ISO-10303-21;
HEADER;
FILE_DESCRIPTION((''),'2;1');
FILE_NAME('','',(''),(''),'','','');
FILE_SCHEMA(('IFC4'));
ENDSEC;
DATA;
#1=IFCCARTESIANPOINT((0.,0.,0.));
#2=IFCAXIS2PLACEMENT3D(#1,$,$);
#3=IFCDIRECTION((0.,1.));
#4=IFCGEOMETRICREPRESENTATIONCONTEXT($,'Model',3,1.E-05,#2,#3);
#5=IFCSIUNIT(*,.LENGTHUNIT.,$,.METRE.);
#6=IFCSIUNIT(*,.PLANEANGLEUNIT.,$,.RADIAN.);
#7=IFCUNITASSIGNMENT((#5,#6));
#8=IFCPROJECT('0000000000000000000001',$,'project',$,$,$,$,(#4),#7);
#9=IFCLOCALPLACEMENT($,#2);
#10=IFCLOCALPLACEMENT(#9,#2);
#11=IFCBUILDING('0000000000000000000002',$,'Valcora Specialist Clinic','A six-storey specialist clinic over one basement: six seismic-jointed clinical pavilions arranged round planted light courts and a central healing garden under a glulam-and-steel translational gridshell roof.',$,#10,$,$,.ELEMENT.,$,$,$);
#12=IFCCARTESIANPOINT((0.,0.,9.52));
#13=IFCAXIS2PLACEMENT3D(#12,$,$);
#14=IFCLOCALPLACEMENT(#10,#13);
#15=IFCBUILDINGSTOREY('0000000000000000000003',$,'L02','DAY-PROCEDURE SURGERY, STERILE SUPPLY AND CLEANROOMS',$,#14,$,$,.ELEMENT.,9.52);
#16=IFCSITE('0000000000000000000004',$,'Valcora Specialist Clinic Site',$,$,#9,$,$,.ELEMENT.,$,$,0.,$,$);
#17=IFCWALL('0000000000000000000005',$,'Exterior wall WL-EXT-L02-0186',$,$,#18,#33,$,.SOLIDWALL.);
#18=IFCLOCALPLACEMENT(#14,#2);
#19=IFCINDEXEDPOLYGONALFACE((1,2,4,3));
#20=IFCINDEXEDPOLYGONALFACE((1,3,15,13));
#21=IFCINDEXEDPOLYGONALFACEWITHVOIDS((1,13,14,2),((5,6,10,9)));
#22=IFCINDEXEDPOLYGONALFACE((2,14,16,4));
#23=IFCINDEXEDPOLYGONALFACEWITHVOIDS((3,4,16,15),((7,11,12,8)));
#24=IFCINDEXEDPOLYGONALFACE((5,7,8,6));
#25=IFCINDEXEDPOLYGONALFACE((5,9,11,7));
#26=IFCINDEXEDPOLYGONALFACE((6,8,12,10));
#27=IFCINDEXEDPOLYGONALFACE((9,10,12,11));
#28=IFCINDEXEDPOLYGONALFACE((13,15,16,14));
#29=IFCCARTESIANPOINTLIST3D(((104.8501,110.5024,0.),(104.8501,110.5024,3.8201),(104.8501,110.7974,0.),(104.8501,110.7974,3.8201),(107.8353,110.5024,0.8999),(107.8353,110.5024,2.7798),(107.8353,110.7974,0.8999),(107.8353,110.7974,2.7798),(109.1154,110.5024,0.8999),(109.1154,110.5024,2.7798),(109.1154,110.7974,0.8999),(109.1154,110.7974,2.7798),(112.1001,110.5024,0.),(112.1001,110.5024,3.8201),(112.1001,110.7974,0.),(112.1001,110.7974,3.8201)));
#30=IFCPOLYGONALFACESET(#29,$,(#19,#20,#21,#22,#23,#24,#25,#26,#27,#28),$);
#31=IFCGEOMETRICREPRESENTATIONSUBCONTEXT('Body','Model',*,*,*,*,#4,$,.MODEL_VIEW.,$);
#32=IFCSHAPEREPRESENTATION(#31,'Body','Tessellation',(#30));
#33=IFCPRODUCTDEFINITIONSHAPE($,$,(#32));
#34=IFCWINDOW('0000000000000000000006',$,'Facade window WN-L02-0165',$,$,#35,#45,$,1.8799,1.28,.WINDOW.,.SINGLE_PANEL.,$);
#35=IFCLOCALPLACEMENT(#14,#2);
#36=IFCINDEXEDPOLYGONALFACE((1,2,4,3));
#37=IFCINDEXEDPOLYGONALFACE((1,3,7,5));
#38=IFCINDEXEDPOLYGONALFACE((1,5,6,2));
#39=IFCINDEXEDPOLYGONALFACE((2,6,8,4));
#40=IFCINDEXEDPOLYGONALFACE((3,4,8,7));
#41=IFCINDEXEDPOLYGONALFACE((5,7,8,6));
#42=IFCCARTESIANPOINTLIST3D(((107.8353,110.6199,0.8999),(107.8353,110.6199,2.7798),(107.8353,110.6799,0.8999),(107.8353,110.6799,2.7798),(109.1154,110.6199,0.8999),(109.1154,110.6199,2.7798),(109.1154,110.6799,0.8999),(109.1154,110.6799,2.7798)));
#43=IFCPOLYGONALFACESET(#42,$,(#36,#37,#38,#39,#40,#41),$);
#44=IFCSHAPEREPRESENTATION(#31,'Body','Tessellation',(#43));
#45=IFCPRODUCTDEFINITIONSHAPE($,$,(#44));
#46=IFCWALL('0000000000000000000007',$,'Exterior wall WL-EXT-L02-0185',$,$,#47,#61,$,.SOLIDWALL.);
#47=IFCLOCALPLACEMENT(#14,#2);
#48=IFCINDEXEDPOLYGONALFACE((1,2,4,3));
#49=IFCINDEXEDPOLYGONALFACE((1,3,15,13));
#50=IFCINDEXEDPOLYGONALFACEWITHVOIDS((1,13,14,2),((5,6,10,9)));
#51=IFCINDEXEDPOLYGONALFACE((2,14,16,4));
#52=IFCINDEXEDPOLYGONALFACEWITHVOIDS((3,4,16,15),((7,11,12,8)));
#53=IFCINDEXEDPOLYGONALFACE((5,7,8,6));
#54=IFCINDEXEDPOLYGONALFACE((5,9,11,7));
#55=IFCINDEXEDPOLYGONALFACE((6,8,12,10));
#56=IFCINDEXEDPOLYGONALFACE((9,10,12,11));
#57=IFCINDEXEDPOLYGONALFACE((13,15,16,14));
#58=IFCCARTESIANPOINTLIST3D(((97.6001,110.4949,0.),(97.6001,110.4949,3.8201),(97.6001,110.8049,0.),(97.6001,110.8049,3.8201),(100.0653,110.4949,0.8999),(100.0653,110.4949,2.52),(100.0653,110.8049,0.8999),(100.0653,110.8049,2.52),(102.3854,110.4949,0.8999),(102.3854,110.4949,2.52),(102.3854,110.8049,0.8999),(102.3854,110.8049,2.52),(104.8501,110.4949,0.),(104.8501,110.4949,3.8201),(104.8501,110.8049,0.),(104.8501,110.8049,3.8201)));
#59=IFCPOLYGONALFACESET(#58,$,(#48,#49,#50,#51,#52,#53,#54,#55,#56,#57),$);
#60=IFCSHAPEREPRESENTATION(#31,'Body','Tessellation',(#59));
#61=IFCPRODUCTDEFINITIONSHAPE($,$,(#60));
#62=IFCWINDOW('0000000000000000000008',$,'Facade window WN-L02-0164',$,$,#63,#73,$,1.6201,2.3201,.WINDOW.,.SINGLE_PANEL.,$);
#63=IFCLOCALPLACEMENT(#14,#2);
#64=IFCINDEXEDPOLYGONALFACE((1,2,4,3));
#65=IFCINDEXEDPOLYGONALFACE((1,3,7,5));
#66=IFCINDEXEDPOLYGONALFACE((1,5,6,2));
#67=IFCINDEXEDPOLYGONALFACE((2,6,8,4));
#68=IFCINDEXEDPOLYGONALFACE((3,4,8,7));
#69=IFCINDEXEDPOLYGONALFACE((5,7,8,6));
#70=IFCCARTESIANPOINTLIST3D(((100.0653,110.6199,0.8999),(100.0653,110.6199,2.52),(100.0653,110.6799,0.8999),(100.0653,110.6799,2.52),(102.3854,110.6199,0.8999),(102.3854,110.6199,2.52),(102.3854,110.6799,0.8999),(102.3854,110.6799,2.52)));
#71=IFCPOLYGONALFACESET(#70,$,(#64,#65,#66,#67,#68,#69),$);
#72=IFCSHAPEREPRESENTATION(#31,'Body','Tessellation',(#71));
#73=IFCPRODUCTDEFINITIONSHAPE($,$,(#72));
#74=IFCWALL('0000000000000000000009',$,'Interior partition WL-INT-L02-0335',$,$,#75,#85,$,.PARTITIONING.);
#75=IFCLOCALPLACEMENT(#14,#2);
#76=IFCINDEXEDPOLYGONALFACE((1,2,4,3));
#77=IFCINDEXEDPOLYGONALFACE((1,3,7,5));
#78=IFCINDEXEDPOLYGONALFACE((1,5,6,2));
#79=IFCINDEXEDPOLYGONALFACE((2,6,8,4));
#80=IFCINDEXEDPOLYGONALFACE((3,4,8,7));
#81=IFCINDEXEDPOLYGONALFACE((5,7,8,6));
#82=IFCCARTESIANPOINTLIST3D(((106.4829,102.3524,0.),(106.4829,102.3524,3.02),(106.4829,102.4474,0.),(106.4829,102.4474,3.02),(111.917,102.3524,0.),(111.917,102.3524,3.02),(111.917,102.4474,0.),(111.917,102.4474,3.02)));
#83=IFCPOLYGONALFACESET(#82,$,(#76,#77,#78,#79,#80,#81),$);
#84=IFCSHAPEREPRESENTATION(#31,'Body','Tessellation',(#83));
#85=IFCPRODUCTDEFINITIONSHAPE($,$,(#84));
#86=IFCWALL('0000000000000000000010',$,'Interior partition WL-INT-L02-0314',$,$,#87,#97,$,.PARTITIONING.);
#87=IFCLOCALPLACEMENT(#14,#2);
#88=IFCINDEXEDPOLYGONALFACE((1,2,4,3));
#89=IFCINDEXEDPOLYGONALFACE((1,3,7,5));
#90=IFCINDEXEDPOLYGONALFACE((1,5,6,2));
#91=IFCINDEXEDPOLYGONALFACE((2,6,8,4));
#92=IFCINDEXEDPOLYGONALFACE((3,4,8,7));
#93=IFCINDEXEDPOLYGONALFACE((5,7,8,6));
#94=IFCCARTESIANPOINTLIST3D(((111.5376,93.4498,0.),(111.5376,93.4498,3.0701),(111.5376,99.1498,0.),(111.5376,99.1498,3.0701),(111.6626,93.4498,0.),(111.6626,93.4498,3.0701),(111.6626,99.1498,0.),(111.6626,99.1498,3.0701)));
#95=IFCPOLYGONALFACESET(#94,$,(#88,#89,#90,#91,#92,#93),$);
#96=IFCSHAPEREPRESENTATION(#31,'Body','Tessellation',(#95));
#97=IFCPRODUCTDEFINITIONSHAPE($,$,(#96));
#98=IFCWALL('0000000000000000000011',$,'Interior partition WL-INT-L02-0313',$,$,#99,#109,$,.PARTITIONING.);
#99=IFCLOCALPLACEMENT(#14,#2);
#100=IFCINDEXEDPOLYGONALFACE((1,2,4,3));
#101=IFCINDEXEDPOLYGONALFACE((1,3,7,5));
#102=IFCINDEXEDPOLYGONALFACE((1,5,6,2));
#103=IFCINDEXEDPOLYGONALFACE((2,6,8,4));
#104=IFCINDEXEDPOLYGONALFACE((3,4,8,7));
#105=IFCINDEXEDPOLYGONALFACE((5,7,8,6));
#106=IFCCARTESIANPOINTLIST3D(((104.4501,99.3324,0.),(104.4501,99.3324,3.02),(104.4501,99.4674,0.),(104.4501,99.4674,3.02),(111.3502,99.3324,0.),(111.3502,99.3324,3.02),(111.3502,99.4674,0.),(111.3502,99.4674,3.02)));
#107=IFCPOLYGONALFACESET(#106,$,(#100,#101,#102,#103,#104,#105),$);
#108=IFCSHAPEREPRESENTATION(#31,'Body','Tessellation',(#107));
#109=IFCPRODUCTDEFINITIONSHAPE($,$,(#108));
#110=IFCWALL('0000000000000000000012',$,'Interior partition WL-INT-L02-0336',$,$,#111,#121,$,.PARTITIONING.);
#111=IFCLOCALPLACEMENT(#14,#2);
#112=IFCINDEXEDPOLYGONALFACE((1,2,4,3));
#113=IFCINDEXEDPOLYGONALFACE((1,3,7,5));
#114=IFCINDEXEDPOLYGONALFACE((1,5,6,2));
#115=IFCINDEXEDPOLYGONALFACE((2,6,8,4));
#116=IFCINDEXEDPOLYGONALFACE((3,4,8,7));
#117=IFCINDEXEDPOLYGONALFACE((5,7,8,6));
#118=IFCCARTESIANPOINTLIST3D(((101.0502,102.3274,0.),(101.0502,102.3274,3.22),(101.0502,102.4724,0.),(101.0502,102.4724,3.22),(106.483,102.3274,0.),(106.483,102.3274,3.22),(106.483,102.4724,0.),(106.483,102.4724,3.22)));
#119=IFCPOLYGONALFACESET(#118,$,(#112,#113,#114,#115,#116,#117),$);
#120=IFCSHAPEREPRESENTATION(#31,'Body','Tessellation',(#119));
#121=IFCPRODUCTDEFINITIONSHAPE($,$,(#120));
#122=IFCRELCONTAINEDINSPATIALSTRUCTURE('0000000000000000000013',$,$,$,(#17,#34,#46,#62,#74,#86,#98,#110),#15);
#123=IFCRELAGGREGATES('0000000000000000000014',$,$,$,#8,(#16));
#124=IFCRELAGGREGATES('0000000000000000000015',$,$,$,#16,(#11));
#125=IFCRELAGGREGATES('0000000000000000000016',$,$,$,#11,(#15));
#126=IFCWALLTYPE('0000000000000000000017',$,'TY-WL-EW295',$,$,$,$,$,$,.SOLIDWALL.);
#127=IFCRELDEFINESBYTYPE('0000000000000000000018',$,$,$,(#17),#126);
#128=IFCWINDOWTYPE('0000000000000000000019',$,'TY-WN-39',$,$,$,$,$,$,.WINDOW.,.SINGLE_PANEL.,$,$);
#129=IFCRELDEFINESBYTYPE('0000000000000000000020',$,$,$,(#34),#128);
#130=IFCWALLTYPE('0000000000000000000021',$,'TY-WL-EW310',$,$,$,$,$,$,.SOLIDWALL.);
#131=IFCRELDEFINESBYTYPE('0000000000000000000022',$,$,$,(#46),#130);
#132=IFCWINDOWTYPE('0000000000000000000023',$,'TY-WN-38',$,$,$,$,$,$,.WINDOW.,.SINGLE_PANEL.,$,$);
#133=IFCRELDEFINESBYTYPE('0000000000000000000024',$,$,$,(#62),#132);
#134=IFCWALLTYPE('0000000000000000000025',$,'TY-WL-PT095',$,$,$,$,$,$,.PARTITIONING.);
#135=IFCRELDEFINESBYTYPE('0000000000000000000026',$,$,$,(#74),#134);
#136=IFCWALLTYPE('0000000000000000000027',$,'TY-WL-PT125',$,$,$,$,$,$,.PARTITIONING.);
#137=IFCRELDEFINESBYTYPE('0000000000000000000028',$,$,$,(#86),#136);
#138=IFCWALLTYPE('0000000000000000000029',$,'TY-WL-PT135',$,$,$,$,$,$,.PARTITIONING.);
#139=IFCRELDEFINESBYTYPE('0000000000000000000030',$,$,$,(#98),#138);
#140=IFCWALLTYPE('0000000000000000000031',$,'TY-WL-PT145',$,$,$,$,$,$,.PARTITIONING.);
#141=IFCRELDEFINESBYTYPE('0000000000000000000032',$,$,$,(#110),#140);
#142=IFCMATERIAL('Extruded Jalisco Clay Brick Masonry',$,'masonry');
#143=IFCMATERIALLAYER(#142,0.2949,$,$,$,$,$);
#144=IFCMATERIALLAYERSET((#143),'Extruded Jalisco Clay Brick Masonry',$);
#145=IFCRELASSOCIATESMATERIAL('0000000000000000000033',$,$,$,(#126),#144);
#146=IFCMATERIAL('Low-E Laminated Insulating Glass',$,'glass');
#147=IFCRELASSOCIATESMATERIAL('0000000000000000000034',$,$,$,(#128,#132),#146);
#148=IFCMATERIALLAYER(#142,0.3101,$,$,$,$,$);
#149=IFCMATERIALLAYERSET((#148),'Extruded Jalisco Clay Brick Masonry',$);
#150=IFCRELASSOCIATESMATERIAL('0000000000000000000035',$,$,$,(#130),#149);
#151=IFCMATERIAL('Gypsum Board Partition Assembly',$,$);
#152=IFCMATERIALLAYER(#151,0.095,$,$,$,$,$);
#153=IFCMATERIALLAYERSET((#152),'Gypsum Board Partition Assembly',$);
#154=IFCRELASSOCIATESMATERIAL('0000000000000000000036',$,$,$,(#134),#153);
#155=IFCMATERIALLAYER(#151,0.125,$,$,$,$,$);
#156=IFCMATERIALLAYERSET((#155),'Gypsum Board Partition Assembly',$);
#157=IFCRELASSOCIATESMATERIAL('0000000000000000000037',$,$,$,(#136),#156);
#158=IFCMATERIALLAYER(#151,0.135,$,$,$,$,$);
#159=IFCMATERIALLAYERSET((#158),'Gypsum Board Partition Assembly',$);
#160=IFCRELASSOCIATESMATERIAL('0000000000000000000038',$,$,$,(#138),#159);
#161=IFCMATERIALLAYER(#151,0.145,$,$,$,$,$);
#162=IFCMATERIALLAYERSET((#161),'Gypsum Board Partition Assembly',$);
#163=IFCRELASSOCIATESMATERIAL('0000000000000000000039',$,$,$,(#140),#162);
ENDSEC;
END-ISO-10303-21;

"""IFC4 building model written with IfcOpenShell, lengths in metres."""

from ifc_helpers import new_model, si_unit, direction, frame, frame_2d, origin, place, context, subcontext, project, spatial, rectangle, extrude, material, layer, layer_set, type_object, element, fill, save


model = new_model("IFC4")

# Units and contexts
model_context = context("Model", 3, precision=1e-05, world=origin(), true_north=direction((0.0, 1.0)))
body_context = subcontext(model_context, "Body", "Model", "MODEL_VIEW")
ifc_project = project(units=[si_unit("LENGTHUNIT", "METRE"), si_unit("PLANEANGLEUNIT", "RADIAN")], contexts=[model_context])

# Site, building, storey
site_placement = place(None, origin())
site = spatial("IfcSite", under=ifc_project, at=site_placement, Name="Valcora Specialist Clinic Site", CompositionType="ELEMENT", RefElevation=0.0)
building_placement = place(site_placement, origin())
building = spatial("IfcBuilding", under=site, at=building_placement, Name="Valcora Specialist Clinic", Description="A six-storey specialist clinic over one basement: six seismic-jointed clinical pavilions arranged round planted light courts and a central healing garden under a glulam-and-steel translational gridshell roof.", CompositionType="ELEMENT")
storey_placement = place(building_placement, frame((0.0, 0.0, 9.52)))
storey = spatial("IfcBuildingStorey", under=building, at=storey_placement, Name="L02", Description="DAY-PROCEDURE SURGERY, STERILE SUPPLY AND CLEANROOMS", CompositionType="ELEMENT", Elevation=9.52)

# Shared definitions
ifc_material_1 = material(Name="Low-E Laminated Insulating Glass", Category="glass")

# Walls, openings, windows
ifc_material_2 = material(Name="Extruded Jalisco Clay Brick Masonry", Category="masonry")
ifc_layer_1 = layer(ifc_material_2, 0.2949)
ifc_layer_set_1 = layer_set([ifc_layer_1], Name="Extruded Jalisco Clay Brick Masonry")
wall_type_1 = type_object("IfcWallType", Name="TY-WL-EW295", PredefinedType="SOLIDWALL", material=ifc_layer_set_1)
wall_1_placement = place(storey_placement, frame((104.8501, 110.6499, 0.0), z_axis=(0.0, 0.0, 1.0), x_axis=(1.0, 0.0, 0.0)))
wall_1 = element("IfcWall", 1, at=wall_1_placement, inside=storey, type_object=wall_type_1, Name="Exterior wall WL-EXT-L02-0186", PredefinedType="SOLIDWALL", context=body_context, shape_type="SweptSolid", body=[
    extrude(rectangle(XDim=7.25, YDim=0.2949, at=frame_2d((3.625, 0.0))), origin(), (0.0, 0.0, 1.0), 3.8201),
])
opening_1_placement = place(wall_1_placement, frame((2.9851, 0.0, 0.8999)))
opening_1 = element("IfcOpeningElement", 2, at=opening_1_placement, cuts=wall_1, PredefinedType="OPENING", context=body_context, shape_type="SweptSolid", body=[
    extrude(rectangle(XDim=1.28, YDim=1.8799, at=frame_2d((0.6401, 0.9399))), frame((0.0, 0.1575, 0.0), z_axis=(0.0, -1.0, 0.0), x_axis=(1.0, 0.0, 0.0)), (0.0, 0.0, 1.0), 0.3149),
])
window_type_1 = type_object("IfcWindowType", Name="TY-WN-39", PartitioningType="SINGLE_PANEL", PredefinedType="WINDOW", material=ifc_material_1)
window_1_placement = place(opening_1_placement, origin())
window_1 = element("IfcWindow", 3, at=window_1_placement, inside=storey, type_object=window_type_1, Name="Facade window WN-L02-0165", OverallHeight=1.8799, OverallWidth=1.28, PartitioningType="SINGLE_PANEL", PredefinedType="WINDOW", context=body_context, shape_type="SweptSolid", body=[
    extrude(rectangle(XDim=1.28, YDim=1.8799, at=frame_2d((0.6401, 0.9399))), frame((0.0, 0.03, 0.0), z_axis=(0.0, -1.0, 0.0), x_axis=(1.0, 0.0, 0.0)), (0.0, 0.0, 1.0), 0.0601),
])
fill(opening_1, window_1)
ifc_layer_2 = layer(ifc_material_2, 0.3101)
ifc_layer_set_2 = layer_set([ifc_layer_2], Name="Extruded Jalisco Clay Brick Masonry")
wall_type_2 = type_object("IfcWallType", Name="TY-WL-EW310", PredefinedType="SOLIDWALL", material=ifc_layer_set_2)
wall_2_placement = place(storey_placement, frame((97.6001, 110.6499, 0.0), z_axis=(0.0, 0.0, 1.0), x_axis=(1.0, 0.0, 0.0)))
wall_2 = element("IfcWall", 4, at=wall_2_placement, inside=storey, type_object=wall_type_2, Name="Exterior wall WL-EXT-L02-0185", PredefinedType="SOLIDWALL", context=body_context, shape_type="SweptSolid", body=[
    extrude(rectangle(XDim=7.25, YDim=0.3101, at=frame_2d((3.625, 0.0))), origin(), (0.0, 0.0, 1.0), 3.8201),
])
opening_2_placement = place(wall_2_placement, frame((2.4651, 0.0, 0.8999)))
opening_2 = element("IfcOpeningElement", 5, at=opening_2_placement, cuts=wall_2, PredefinedType="OPENING", context=body_context, shape_type="SweptSolid", body=[
    extrude(rectangle(XDim=2.3201, YDim=1.6201, at=frame_2d((1.1602, 0.8101))), frame((0.0, 0.165, 0.0), z_axis=(0.0, -1.0, 0.0), x_axis=(1.0, 0.0, 0.0)), (0.0, 0.0, 1.0), 0.3301),
])
window_type_2 = type_object("IfcWindowType", Name="TY-WN-38", PartitioningType="SINGLE_PANEL", PredefinedType="WINDOW", material=ifc_material_1)
window_2_placement = place(opening_2_placement, origin())
window_2 = element("IfcWindow", 6, at=window_2_placement, inside=storey, type_object=window_type_2, Name="Facade window WN-L02-0164", OverallHeight=1.6201, OverallWidth=2.3201, PartitioningType="SINGLE_PANEL", PredefinedType="WINDOW", context=body_context, shape_type="SweptSolid", body=[
    extrude(rectangle(XDim=2.3201, YDim=1.6201, at=frame_2d((1.1602, 0.8101))), frame((0.0, 0.03, 0.0), z_axis=(0.0, -1.0, 0.0), x_axis=(1.0, 0.0, 0.0)), (0.0, 0.0, 1.0), 0.0601),
])
fill(opening_2, window_2)

# Walls
ifc_material_3 = material(Name="Gypsum Board Partition Assembly")
ifc_layer_3 = layer(ifc_material_3, 0.095)
ifc_layer_set_3 = layer_set([ifc_layer_3], Name="Gypsum Board Partition Assembly")
wall_type_3 = type_object("IfcWallType", Name="TY-WL-PT095", PredefinedType="PARTITIONING", material=ifc_layer_set_3)
wall_3_placement = place(storey_placement, frame((111.917, 102.3999, 0.0), z_axis=(0.0, 0.0, 1.0), x_axis=(-1.0, 0.0, 0.0)))
element("IfcWall", 7, at=wall_3_placement, inside=storey, type_object=wall_type_3, Name="Interior partition WL-INT-L02-0335", PredefinedType="PARTITIONING", context=body_context, shape_type="SweptSolid", body=[
    extrude(rectangle(XDim=5.4341, YDim=0.095, at=frame_2d((2.717, 0.0))), origin(), (0.0, 0.0, 1.0), 3.02),
])
ifc_layer_4 = layer(ifc_material_3, 0.125)
ifc_layer_set_4 = layer_set([ifc_layer_4], Name="Gypsum Board Partition Assembly")
wall_type_4 = type_object("IfcWallType", Name="TY-WL-PT125", PredefinedType="PARTITIONING", material=ifc_layer_set_4)
wall_4_placement = place(storey_placement, frame((111.6001, 99.1499, 0.0), z_axis=(0.0, 0.0, 1.0), x_axis=(0.0, -1.0, 0.0)))
element("IfcWall", 8, at=wall_4_placement, inside=storey, type_object=wall_type_4, Name="Interior partition WL-INT-L02-0314", PredefinedType="PARTITIONING", context=body_context, shape_type="SweptSolid", body=[
    extrude(rectangle(XDim=5.7, YDim=0.125, at=frame_2d((2.8501, 0.0))), origin(), (0.0, 0.0, 1.0), 3.0701),
])
ifc_layer_5 = layer(ifc_material_3, 0.135)
ifc_layer_set_5 = layer_set([ifc_layer_5], Name="Gypsum Board Partition Assembly")
wall_type_5 = type_object("IfcWallType", Name="TY-WL-PT135", PredefinedType="PARTITIONING", material=ifc_layer_set_5)
wall_5_placement = place(storey_placement, frame((104.45, 99.3999, 0.0), z_axis=(0.0, 0.0, 1.0), x_axis=(1.0, 0.0, 0.0)))
element("IfcWall", 9, at=wall_5_placement, inside=storey, type_object=wall_type_5, Name="Interior partition WL-INT-L02-0313", PredefinedType="PARTITIONING", context=body_context, shape_type="SweptSolid", body=[
    extrude(rectangle(XDim=6.9001, YDim=0.135, at=frame_2d((3.4502, 0.0))), origin(), (0.0, 0.0, 1.0), 3.02),
])
ifc_layer_6 = layer(ifc_material_3, 0.145)
ifc_layer_set_6 = layer_set([ifc_layer_6], Name="Gypsum Board Partition Assembly")
wall_type_6 = type_object("IfcWallType", Name="TY-WL-PT145", PredefinedType="PARTITIONING", material=ifc_layer_set_6)
wall_6_placement = place(storey_placement, frame((106.4829, 102.3999, 0.0), z_axis=(0.0, 0.0, 1.0), x_axis=(-1.0, 0.0, 0.0)))
element("IfcWall", 10, at=wall_6_placement, inside=storey, type_object=wall_type_6, Name="Interior partition WL-INT-L02-0336", PredefinedType="PARTITIONING", context=body_context, shape_type="SweptSolid", body=[
    extrude(rectangle(XDim=5.4329, YDim=0.145, at=frame_2d((2.7163, 0.0))), origin(), (0.0, 0.0, 1.0), 3.22),
])

save(model, "model.ifc")
